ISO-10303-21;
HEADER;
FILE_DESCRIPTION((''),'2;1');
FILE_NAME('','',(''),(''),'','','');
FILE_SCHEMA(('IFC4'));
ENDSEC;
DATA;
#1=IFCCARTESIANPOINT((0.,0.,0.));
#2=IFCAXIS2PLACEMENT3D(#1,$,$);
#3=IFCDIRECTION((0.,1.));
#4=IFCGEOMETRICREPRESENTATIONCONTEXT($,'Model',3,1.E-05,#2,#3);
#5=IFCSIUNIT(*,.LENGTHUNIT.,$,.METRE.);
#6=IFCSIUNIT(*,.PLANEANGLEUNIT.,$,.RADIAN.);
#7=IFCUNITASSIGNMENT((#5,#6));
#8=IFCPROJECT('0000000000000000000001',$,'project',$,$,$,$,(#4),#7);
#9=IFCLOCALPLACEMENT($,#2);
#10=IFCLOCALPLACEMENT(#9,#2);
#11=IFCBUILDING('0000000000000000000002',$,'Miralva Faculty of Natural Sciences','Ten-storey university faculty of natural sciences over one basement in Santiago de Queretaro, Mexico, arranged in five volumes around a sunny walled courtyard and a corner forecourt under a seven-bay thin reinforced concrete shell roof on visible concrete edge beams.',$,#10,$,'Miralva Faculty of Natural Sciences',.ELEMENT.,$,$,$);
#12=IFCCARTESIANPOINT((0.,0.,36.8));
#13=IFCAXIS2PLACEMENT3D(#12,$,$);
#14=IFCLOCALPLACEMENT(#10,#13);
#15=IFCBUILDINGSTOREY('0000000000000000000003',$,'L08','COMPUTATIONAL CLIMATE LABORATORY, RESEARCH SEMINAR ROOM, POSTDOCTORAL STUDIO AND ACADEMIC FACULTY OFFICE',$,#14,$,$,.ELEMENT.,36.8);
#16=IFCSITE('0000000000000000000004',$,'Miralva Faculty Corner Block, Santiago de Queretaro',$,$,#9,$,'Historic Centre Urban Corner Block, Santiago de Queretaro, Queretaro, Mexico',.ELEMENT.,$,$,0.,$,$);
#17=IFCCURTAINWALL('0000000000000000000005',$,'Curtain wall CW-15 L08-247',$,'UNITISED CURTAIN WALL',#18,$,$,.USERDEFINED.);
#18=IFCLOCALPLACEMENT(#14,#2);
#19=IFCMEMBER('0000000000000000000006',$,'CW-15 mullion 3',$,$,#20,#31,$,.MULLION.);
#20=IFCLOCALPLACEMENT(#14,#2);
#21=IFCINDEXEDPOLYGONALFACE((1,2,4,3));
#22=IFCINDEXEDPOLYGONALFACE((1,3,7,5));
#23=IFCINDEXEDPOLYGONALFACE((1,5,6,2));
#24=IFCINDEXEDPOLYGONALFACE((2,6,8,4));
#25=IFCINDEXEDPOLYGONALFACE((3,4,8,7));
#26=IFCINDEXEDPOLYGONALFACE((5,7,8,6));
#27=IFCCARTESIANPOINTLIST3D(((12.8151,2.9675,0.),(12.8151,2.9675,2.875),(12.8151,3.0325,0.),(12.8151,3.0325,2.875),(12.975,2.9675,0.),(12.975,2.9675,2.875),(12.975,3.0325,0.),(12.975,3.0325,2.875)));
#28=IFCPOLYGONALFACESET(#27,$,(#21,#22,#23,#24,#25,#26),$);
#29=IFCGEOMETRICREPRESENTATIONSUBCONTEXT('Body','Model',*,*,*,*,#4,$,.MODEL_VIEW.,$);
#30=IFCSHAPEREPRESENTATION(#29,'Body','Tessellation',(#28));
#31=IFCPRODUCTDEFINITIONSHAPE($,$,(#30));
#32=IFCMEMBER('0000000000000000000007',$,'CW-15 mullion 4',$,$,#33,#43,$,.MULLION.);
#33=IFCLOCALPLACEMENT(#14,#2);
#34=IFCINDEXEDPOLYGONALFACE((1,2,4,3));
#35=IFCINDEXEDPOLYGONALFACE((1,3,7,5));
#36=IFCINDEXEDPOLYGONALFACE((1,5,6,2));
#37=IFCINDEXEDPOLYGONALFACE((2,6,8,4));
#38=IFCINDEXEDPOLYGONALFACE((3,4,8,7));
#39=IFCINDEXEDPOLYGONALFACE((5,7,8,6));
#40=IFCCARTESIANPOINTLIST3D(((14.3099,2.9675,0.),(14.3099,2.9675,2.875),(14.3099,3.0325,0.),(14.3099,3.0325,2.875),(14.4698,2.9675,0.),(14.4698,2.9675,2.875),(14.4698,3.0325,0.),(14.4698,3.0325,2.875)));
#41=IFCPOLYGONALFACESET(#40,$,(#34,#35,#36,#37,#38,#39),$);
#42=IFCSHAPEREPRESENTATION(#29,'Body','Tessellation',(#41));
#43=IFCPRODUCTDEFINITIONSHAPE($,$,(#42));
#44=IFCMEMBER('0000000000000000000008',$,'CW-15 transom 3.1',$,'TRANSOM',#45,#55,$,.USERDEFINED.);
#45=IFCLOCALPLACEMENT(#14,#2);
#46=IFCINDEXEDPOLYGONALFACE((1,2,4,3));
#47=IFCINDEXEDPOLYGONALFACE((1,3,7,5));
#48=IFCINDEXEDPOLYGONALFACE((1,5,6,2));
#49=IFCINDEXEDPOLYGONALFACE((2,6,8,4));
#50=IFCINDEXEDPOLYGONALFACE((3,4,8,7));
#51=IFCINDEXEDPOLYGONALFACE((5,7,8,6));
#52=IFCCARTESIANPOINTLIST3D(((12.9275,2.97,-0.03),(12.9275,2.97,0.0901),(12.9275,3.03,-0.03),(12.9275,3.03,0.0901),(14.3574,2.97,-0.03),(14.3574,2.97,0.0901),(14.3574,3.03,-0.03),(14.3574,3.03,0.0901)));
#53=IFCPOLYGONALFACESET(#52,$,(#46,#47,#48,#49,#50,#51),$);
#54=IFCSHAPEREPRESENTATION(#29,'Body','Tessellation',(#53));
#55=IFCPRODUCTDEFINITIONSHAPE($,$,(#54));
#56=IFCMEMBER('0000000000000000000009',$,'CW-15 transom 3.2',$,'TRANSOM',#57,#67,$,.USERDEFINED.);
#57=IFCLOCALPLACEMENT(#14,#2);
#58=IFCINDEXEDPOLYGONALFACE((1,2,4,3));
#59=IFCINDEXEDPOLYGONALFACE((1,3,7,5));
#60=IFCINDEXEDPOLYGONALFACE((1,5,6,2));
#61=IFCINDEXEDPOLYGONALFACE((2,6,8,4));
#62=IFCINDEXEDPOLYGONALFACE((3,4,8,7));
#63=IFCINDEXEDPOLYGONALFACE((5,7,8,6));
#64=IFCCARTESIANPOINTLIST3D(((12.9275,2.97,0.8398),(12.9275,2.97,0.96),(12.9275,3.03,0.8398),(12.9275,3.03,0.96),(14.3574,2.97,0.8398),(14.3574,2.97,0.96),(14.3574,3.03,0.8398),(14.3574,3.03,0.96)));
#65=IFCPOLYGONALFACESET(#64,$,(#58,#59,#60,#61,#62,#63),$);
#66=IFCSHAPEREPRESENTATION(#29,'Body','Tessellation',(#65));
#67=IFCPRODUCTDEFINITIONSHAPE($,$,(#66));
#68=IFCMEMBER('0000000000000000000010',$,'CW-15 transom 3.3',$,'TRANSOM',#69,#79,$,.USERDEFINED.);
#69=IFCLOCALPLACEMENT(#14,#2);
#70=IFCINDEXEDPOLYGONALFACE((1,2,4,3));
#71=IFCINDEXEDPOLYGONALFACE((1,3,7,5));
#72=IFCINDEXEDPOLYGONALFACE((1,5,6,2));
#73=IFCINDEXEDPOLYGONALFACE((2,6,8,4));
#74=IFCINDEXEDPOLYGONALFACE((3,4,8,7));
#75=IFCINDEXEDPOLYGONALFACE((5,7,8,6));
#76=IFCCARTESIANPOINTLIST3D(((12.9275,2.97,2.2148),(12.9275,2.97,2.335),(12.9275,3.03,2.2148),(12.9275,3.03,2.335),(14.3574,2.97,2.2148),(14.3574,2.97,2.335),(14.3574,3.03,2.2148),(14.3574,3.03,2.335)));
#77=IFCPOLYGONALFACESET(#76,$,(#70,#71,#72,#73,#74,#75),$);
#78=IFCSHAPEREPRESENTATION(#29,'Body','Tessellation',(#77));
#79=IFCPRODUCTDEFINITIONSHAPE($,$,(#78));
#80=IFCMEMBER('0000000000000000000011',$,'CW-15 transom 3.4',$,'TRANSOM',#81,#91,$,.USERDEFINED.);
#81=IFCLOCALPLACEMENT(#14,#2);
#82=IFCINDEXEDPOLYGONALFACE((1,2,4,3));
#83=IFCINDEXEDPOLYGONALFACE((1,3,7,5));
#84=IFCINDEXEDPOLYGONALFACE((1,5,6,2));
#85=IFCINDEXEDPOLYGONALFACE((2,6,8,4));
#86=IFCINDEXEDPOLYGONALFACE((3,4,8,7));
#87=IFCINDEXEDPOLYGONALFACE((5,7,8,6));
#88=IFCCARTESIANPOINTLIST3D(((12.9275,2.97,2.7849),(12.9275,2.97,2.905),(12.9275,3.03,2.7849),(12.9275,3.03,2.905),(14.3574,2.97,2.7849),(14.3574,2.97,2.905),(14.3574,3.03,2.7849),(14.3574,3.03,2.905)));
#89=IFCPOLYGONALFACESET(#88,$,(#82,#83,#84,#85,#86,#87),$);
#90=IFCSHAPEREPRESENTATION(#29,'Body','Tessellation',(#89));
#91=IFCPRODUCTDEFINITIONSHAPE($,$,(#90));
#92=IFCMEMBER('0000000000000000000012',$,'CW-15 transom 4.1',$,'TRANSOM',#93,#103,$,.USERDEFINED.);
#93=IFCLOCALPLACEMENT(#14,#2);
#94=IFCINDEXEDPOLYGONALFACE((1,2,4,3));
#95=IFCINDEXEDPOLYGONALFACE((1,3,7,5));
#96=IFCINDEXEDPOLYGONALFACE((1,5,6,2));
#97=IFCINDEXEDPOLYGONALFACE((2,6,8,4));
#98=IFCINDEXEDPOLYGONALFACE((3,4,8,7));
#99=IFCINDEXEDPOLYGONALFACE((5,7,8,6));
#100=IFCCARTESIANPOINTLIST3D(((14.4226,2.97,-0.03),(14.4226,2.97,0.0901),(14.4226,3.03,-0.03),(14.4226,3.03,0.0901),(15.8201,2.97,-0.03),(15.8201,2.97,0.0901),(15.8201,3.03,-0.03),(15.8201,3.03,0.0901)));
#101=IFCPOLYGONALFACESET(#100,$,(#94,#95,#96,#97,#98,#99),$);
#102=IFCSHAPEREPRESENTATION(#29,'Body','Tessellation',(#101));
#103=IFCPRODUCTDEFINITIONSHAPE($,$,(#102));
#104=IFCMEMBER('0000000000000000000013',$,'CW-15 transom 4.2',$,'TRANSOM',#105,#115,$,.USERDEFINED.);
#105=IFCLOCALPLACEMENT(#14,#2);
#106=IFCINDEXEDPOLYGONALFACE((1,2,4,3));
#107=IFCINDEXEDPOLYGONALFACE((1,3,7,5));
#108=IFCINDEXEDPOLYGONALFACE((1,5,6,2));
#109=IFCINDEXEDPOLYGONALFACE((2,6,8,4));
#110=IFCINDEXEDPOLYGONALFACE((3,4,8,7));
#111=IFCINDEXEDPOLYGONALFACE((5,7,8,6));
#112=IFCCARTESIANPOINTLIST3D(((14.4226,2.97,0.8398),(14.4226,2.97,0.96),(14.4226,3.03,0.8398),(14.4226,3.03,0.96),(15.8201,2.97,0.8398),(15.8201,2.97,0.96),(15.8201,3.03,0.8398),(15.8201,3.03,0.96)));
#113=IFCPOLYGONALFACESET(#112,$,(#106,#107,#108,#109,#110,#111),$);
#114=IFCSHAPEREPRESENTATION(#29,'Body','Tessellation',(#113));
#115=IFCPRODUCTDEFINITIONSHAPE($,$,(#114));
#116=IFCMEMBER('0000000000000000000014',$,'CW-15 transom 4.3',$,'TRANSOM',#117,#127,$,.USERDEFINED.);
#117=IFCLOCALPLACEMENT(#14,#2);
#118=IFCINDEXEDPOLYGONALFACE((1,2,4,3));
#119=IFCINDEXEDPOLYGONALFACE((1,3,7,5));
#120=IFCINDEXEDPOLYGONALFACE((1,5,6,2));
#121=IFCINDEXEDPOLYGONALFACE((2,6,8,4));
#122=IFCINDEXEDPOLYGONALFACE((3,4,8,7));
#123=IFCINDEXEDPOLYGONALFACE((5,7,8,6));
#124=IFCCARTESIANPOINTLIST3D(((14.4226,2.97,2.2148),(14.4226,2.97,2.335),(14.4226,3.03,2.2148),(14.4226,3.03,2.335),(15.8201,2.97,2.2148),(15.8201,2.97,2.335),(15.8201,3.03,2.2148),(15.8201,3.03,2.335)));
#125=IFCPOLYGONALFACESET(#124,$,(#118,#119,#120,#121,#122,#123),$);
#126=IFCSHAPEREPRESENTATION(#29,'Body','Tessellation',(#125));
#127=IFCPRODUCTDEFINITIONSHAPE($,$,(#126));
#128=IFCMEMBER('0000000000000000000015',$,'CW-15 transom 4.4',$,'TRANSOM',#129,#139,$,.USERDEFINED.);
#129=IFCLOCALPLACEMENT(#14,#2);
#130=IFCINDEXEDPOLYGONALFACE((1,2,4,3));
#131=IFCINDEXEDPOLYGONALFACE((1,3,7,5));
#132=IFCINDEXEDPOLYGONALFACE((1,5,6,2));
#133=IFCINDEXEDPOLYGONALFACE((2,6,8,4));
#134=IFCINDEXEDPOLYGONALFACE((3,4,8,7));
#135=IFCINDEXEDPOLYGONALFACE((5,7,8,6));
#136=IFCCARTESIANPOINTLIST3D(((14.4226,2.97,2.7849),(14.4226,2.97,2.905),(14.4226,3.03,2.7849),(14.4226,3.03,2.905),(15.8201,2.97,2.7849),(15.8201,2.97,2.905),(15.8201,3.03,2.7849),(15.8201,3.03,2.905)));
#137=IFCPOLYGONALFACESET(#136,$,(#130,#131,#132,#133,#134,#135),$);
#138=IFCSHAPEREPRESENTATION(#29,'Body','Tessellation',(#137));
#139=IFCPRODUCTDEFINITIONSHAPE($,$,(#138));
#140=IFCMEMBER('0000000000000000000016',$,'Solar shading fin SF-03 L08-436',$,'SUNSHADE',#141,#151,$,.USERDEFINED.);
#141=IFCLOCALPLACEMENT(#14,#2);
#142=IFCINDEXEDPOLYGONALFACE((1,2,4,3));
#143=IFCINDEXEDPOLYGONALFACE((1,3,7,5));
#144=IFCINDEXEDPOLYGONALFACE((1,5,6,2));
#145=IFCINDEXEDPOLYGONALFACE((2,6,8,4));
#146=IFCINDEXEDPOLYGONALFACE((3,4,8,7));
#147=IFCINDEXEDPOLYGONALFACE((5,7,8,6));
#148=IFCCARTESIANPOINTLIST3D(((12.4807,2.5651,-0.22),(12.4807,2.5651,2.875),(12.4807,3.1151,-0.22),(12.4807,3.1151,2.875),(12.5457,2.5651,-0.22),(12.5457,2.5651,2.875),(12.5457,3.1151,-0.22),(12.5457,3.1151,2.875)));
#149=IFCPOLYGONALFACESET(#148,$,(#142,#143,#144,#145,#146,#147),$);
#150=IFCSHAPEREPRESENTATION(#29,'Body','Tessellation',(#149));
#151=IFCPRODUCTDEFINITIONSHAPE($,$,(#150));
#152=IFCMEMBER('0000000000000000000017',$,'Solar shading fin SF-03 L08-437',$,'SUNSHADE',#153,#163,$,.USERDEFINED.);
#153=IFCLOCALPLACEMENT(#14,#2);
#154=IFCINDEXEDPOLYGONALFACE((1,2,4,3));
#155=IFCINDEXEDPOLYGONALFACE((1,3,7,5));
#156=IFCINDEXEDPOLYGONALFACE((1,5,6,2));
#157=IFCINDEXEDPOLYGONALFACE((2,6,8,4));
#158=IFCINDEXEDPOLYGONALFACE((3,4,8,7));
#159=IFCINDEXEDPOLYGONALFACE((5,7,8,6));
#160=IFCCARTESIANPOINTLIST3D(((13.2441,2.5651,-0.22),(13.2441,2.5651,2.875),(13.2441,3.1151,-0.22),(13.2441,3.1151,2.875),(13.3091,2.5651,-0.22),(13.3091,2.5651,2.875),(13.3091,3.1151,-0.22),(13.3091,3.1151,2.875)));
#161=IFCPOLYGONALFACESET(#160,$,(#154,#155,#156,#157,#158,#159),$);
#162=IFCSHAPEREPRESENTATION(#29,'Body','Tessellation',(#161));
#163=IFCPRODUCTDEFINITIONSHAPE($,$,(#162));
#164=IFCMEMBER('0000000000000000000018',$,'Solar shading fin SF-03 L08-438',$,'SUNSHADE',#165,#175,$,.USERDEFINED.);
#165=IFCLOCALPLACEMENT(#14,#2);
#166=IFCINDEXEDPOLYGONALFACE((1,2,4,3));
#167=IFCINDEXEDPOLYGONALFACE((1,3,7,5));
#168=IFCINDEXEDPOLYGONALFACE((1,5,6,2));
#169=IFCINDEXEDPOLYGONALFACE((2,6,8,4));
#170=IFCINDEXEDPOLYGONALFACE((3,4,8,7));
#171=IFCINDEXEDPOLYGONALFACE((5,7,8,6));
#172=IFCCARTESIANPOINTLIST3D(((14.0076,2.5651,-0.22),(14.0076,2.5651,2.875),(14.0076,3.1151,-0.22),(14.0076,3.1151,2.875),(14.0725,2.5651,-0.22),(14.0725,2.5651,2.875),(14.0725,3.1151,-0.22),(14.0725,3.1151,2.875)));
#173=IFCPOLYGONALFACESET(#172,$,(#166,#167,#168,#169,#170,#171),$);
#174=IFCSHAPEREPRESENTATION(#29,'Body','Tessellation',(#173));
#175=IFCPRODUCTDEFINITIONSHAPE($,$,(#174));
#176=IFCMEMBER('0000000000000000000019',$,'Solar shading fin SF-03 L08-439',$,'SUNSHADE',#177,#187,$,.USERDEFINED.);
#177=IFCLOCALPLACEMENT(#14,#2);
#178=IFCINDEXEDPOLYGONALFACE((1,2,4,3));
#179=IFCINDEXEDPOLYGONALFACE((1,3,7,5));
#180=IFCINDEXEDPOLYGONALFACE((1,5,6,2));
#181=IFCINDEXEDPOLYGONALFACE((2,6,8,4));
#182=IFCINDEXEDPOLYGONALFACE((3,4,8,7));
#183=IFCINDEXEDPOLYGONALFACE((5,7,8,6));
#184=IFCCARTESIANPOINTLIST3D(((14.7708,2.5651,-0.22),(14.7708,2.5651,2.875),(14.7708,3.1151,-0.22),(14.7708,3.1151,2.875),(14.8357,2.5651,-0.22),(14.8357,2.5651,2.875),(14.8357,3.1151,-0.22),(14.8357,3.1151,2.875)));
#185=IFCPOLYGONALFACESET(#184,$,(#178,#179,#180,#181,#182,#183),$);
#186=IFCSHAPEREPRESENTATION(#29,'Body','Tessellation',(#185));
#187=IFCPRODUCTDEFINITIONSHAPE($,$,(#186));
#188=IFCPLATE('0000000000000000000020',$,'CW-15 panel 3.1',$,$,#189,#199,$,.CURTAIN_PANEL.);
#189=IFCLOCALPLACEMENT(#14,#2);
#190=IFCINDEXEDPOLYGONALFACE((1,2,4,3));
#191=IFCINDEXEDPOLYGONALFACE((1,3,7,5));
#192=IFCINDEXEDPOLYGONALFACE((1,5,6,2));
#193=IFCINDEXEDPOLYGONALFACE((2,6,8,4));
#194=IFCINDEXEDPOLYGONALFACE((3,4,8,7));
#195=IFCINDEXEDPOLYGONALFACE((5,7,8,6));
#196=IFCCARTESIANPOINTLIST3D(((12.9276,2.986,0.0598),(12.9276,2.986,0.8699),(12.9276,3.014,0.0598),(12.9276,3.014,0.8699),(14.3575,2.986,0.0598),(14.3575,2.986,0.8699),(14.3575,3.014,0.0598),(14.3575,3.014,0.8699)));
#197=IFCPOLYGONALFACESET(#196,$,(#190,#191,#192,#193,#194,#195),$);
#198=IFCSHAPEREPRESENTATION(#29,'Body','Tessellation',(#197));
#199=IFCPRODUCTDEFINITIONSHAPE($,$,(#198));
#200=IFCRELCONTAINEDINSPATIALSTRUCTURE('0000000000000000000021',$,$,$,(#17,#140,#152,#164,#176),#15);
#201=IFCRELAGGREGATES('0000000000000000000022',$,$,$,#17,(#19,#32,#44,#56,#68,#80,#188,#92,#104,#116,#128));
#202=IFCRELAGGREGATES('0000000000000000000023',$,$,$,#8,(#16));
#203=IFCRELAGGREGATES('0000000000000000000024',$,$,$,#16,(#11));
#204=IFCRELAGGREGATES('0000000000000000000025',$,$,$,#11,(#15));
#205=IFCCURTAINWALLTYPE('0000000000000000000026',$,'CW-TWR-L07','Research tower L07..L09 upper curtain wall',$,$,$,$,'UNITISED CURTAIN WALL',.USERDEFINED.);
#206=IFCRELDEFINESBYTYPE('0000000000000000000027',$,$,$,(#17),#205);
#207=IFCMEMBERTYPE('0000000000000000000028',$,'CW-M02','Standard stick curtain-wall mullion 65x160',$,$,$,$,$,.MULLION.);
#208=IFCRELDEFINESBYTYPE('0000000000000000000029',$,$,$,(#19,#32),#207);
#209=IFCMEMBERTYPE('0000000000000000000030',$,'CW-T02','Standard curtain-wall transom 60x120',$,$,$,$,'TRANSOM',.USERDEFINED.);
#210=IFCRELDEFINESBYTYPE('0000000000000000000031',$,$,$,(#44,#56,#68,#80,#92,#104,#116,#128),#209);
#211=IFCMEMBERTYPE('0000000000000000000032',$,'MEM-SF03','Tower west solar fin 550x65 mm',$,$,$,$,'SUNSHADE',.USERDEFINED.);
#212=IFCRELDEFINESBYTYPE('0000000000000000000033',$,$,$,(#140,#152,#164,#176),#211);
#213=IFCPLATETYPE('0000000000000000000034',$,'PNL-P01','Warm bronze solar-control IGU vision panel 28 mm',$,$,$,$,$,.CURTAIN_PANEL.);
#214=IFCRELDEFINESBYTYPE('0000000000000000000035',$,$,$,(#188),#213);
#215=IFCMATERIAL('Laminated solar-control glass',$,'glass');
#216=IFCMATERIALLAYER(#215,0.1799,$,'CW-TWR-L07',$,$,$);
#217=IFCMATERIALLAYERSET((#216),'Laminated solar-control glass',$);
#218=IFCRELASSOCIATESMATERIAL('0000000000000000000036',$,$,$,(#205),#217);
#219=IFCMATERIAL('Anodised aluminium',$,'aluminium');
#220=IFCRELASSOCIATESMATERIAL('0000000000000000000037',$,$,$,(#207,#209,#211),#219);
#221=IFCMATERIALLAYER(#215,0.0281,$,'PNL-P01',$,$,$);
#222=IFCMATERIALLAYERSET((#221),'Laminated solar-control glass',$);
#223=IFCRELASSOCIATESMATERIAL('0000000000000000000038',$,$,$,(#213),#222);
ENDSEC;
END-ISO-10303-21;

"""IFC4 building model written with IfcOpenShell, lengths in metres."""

from ifc_helpers import new_model, si_unit, direction, frame, origin, origin_2d, place, context, subcontext, project, spatial, rectangle, extrude, material, layer, layer_set, material_profile, profile_set, type_object, element, aggregate, save


model = new_model("IFC4")

# Units and contexts
model_context = context("Model", 3, precision=1e-05, world=origin(), true_north=direction((0.0, 1.0)))
body_context = subcontext(model_context, "Body", "Model", "MODEL_VIEW")
ifc_project = project(units=[si_unit("LENGTHUNIT", "METRE"), si_unit("PLANEANGLEUNIT", "RADIAN")], contexts=[model_context])

# Site, building, storey
site_placement = place(None, origin())
site = spatial("IfcSite", under=ifc_project, at=site_placement, Name="Miralva Faculty Corner Block, Santiago de Queretaro", LongName="Historic Centre Urban Corner Block, Santiago de Queretaro, Queretaro, Mexico", CompositionType="ELEMENT", RefElevation=0.0)
building_placement = place(site_placement, origin())
building = spatial("IfcBuilding", under=site, at=building_placement, Name="Miralva Faculty of Natural Sciences", Description="Ten-storey university faculty of natural sciences over one basement in Santiago de Queretaro, Mexico, arranged in five volumes around a sunny walled courtyard and a corner forecourt under a seven-bay thin reinforced concrete shell roof on visible concrete edge beams.", LongName="Miralva Faculty of Natural Sciences", CompositionType="ELEMENT")
storey_placement = place(building_placement, frame((0.0, 0.0, 36.8)))
storey = spatial("IfcBuildingStorey", under=building, at=storey_placement, Name="L08", Description="COMPUTATIONAL CLIMATE LABORATORY, RESEARCH SEMINAR ROOM, POSTDOCTORAL STUDIO AND ACADEMIC FACULTY OFFICE", CompositionType="ELEMENT", Elevation=36.8)

# Curtain wall, members
ifc_material_1 = material(Name="Laminated solar-control glass", Category="glass")
ifc_layer_1 = layer(ifc_material_1, 0.1799, Name="CW-TWR-L07")
ifc_layer_set_1 = layer_set([ifc_layer_1], Name="Laminated solar-control glass")
curtain_wall_type = type_object("IfcCurtainWallType", Name="CW-TWR-L07", Description="Research tower L07..L09 upper curtain wall", ElementType="UNITISED CURTAIN WALL", PredefinedType="USERDEFINED", material=ifc_layer_set_1)
curtain_wall_placement = place(storey_placement, origin())
curtain_wall = element("IfcCurtainWall", 1, at=curtain_wall_placement, inside=storey, type_object=curtain_wall_type, Name="Curtain wall CW-15 L08-247", ObjectType="UNITISED CURTAIN WALL", PredefinedType="USERDEFINED")
ifc_material_2 = material(Name="Anodised aluminium", Category="aluminium")
ifc_material_profile_1 = material_profile(ifc_material_2, rectangle(XDim=0.0649, YDim=0.1599, at=origin_2d()), Name="MULLION 65x160")
ifc_profile_set_1 = profile_set([ifc_material_profile_1], Name="Anodised aluminium")
member_type_1 = type_object("IfcMemberType", Name="CW-M02", Description="Standard stick curtain-wall mullion 65x160", PredefinedType="MULLION", material=ifc_profile_set_1)
member_1_placement = place(storey_placement, frame((12.895, 3.0, 0.0), z_axis=(0.0, 0.0, 1.0), x_axis=(0.0, 1.0, 0.0)))
member_1 = element("IfcMember", 2, at=member_1_placement, type_object=member_type_1, Name="CW-15 mullion 3", PredefinedType="MULLION", context=body_context, shape_type="SweptSolid", body=[
    extrude(rectangle(XDim=0.0649, YDim=0.1599, at=origin_2d()), origin(), (0.0, 0.0, 1.0), 2.875),
])
member_2_placement = place(storey_placement, frame((14.3899, 3.0, 0.0), z_axis=(0.0, 0.0, 1.0), x_axis=(0.0, 1.0, 0.0)))
member_2 = element("IfcMember", 3, at=member_2_placement, type_object=member_type_1, Name="CW-15 mullion 4", PredefinedType="MULLION", context=body_context, shape_type="SweptSolid", body=[
    extrude(rectangle(XDim=0.0649, YDim=0.1599, at=origin_2d()), origin(), (0.0, 0.0, 1.0), 2.875),
])
ifc_material_profile_2 = material_profile(ifc_material_2, rectangle(XDim=0.0601, YDim=0.1201, at=origin_2d()), Name="TRANSOM 60x120")
ifc_profile_set_2 = profile_set([ifc_material_profile_2], Name="Anodised aluminium")
member_type_2 = type_object("IfcMemberType", Name="CW-T02", Description="Standard curtain-wall transom 60x120", ElementType="TRANSOM", PredefinedType="USERDEFINED", material=ifc_profile_set_2)
member_3_placement = place(storey_placement, frame((12.9275, 3.0, 0.03), z_axis=(1.0, 0.0, 0.0), x_axis=(0.0, 1.0, 0.0)))
member_3 = element("IfcMember", 4, at=member_3_placement, type_object=member_type_2, Name="CW-15 transom 3.1", ObjectType="TRANSOM", PredefinedType="USERDEFINED", context=body_context, shape_type="SweptSolid", body=[
    extrude(rectangle(XDim=0.0601, YDim=0.1201, at=origin_2d()), origin(), (0.0, 0.0, 1.0), 1.4299),
])
member_4_placement = place(storey_placement, frame((12.9275, 3.0, 0.8999), z_axis=(1.0, 0.0, 0.0), x_axis=(0.0, 1.0, 0.0)))
member_4 = element("IfcMember", 5, at=member_4_placement, type_object=member_type_2, Name="CW-15 transom 3.2", ObjectType="TRANSOM", PredefinedType="USERDEFINED", context=body_context, shape_type="SweptSolid", body=[
    extrude(rectangle(XDim=0.0601, YDim=0.1201, at=origin_2d()), origin(), (0.0, 0.0, 1.0), 1.4299),
])
member_5_placement = place(storey_placement, frame((12.9275, 3.0, 2.2749), z_axis=(1.0, 0.0, 0.0), x_axis=(0.0, 1.0, 0.0)))
member_5 = element("IfcMember", 6, at=member_5_placement, type_object=member_type_2, Name="CW-15 transom 3.3", ObjectType="TRANSOM", PredefinedType="USERDEFINED", context=body_context, shape_type="SweptSolid", body=[
    extrude(rectangle(XDim=0.0601, YDim=0.1201, at=origin_2d()), origin(), (0.0, 0.0, 1.0), 1.4299),
])
member_6_placement = place(storey_placement, frame((12.9275, 3.0, 2.845), z_axis=(1.0, 0.0, 0.0), x_axis=(0.0, 1.0, 0.0)))
member_6 = element("IfcMember", 7, at=member_6_placement, type_object=member_type_2, Name="CW-15 transom 3.4", ObjectType="TRANSOM", PredefinedType="USERDEFINED", context=body_context, shape_type="SweptSolid", body=[
    extrude(rectangle(XDim=0.0601, YDim=0.1201, at=origin_2d()), origin(), (0.0, 0.0, 1.0), 1.4299),
])
member_7_placement = place(storey_placement, frame((14.4226, 3.0, 0.03), z_axis=(1.0, 0.0, 0.0), x_axis=(0.0, 1.0, 0.0)))
member_7 = element("IfcMember", 8, at=member_7_placement, type_object=member_type_2, Name="CW-15 transom 4.1", ObjectType="TRANSOM", PredefinedType="USERDEFINED", context=body_context, shape_type="SweptSolid", body=[
    extrude(rectangle(XDim=0.0601, YDim=0.1201, at=origin_2d()), origin(), (0.0, 0.0, 1.0), 1.3975),
])
member_8_placement = place(storey_placement, frame((14.4226, 3.0, 0.8999), z_axis=(1.0, 0.0, 0.0), x_axis=(0.0, 1.0, 0.0)))
member_8 = element("IfcMember", 9, at=member_8_placement, type_object=member_type_2, Name="CW-15 transom 4.2", ObjectType="TRANSOM", PredefinedType="USERDEFINED", context=body_context, shape_type="SweptSolid", body=[
    extrude(rectangle(XDim=0.0601, YDim=0.1201, at=origin_2d()), origin(), (0.0, 0.0, 1.0), 1.3975),
])
member_9_placement = place(storey_placement, frame((14.4226, 3.0, 2.2749), z_axis=(1.0, 0.0, 0.0), x_axis=(0.0, 1.0, 0.0)))
member_9 = element("IfcMember", 10, at=member_9_placement, type_object=member_type_2, Name="CW-15 transom 4.3", ObjectType="TRANSOM", PredefinedType="USERDEFINED", context=body_context, shape_type="SweptSolid", body=[
    extrude(rectangle(XDim=0.0601, YDim=0.1201, at=origin_2d()), origin(), (0.0, 0.0, 1.0), 1.3975),
])
member_10_placement = place(storey_placement, frame((14.4226, 3.0, 2.845), z_axis=(1.0, 0.0, 0.0), x_axis=(0.0, 1.0, 0.0)))
member_10 = element("IfcMember", 11, at=member_10_placement, type_object=member_type_2, Name="CW-15 transom 4.4", ObjectType="TRANSOM", PredefinedType="USERDEFINED", context=body_context, shape_type="SweptSolid", body=[
    extrude(rectangle(XDim=0.0601, YDim=0.1201, at=origin_2d()), origin(), (0.0, 0.0, 1.0), 1.3975),
])

# Members
ifc_material_profile_3 = material_profile(ifc_material_2, rectangle(XDim=0.0649, YDim=0.55, at=origin_2d()), Name="FIN 550x65")
ifc_profile_set_3 = profile_set([ifc_material_profile_3], Name="Anodised aluminium")
member_type_3 = type_object("IfcMemberType", Name="MEM-SF03", Description="Tower west solar fin 550x65 mm", ElementType="SUNSHADE", PredefinedType="USERDEFINED", material=ifc_profile_set_3)
for number, where, z_axis, x_axis, name in (
    (12, (12.5132, 2.8401, -0.22), (0.0, 0.0, 1.0), (1.0, 0.0, 0.0), "Solar shading fin SF-03 L08-436"),
    (13, (13.2766, 2.8401, -0.22), (0.0, 0.0, 1.0), (1.0, 0.0, 0.0), "Solar shading fin SF-03 L08-437"),
    (14, (14.04, 2.8401, -0.22), (0.0, 0.0, 1.0), (1.0, 0.0, 0.0), "Solar shading fin SF-03 L08-438"),
    (15, (14.8032, 2.8401, -0.22), (0.0, 0.0, 1.0), (1.0, 0.0, 0.0), "Solar shading fin SF-03 L08-439"),
):
    element("IfcMember", number, at=place(storey_placement, frame(where, z_axis=z_axis, x_axis=x_axis)), inside=storey, type_object=member_type_3, Name=name, ObjectType="SUNSHADE", PredefinedType="USERDEFINED", context=body_context, shape_type="SweptSolid", body=[
        extrude(rectangle(XDim=0.0649, YDim=0.55, at=origin_2d()), origin(), (0.0, 0.0, 1.0), 3.095),
    ])

# Plate
ifc_layer_2 = layer(ifc_material_1, 0.0281, Name="PNL-P01")
ifc_layer_set_2 = layer_set([ifc_layer_2], Name="Laminated solar-control glass")
plate_type = type_object("IfcPlateType", Name="PNL-P01", Description="Warm bronze solar-control IGU vision panel 28 mm", PredefinedType="CURTAIN_PANEL", material=ifc_layer_set_2)
plate_1_placement = place(storey_placement, frame((13.6426, 3.0, 0.0598), z_axis=(0.0, 0.0, 1.0), x_axis=(1.0, 0.0, 0.0)))
plate_1 = element("IfcPlate", 16, at=plate_1_placement, type_object=plate_type, Name="CW-15 panel 3.1", PredefinedType="CURTAIN_PANEL", context=body_context, shape_type="SweptSolid", body=[
    extrude(rectangle(XDim=1.4299, YDim=0.0281, at=origin_2d()), origin(), (0.0, 0.0, 1.0), 0.8101),
])
aggregate(curtain_wall, [member_1, member_2, member_3, member_4, member_5, member_6, plate_1, member_7, member_8, member_9, member_10])

save(model, "model.ifc")
